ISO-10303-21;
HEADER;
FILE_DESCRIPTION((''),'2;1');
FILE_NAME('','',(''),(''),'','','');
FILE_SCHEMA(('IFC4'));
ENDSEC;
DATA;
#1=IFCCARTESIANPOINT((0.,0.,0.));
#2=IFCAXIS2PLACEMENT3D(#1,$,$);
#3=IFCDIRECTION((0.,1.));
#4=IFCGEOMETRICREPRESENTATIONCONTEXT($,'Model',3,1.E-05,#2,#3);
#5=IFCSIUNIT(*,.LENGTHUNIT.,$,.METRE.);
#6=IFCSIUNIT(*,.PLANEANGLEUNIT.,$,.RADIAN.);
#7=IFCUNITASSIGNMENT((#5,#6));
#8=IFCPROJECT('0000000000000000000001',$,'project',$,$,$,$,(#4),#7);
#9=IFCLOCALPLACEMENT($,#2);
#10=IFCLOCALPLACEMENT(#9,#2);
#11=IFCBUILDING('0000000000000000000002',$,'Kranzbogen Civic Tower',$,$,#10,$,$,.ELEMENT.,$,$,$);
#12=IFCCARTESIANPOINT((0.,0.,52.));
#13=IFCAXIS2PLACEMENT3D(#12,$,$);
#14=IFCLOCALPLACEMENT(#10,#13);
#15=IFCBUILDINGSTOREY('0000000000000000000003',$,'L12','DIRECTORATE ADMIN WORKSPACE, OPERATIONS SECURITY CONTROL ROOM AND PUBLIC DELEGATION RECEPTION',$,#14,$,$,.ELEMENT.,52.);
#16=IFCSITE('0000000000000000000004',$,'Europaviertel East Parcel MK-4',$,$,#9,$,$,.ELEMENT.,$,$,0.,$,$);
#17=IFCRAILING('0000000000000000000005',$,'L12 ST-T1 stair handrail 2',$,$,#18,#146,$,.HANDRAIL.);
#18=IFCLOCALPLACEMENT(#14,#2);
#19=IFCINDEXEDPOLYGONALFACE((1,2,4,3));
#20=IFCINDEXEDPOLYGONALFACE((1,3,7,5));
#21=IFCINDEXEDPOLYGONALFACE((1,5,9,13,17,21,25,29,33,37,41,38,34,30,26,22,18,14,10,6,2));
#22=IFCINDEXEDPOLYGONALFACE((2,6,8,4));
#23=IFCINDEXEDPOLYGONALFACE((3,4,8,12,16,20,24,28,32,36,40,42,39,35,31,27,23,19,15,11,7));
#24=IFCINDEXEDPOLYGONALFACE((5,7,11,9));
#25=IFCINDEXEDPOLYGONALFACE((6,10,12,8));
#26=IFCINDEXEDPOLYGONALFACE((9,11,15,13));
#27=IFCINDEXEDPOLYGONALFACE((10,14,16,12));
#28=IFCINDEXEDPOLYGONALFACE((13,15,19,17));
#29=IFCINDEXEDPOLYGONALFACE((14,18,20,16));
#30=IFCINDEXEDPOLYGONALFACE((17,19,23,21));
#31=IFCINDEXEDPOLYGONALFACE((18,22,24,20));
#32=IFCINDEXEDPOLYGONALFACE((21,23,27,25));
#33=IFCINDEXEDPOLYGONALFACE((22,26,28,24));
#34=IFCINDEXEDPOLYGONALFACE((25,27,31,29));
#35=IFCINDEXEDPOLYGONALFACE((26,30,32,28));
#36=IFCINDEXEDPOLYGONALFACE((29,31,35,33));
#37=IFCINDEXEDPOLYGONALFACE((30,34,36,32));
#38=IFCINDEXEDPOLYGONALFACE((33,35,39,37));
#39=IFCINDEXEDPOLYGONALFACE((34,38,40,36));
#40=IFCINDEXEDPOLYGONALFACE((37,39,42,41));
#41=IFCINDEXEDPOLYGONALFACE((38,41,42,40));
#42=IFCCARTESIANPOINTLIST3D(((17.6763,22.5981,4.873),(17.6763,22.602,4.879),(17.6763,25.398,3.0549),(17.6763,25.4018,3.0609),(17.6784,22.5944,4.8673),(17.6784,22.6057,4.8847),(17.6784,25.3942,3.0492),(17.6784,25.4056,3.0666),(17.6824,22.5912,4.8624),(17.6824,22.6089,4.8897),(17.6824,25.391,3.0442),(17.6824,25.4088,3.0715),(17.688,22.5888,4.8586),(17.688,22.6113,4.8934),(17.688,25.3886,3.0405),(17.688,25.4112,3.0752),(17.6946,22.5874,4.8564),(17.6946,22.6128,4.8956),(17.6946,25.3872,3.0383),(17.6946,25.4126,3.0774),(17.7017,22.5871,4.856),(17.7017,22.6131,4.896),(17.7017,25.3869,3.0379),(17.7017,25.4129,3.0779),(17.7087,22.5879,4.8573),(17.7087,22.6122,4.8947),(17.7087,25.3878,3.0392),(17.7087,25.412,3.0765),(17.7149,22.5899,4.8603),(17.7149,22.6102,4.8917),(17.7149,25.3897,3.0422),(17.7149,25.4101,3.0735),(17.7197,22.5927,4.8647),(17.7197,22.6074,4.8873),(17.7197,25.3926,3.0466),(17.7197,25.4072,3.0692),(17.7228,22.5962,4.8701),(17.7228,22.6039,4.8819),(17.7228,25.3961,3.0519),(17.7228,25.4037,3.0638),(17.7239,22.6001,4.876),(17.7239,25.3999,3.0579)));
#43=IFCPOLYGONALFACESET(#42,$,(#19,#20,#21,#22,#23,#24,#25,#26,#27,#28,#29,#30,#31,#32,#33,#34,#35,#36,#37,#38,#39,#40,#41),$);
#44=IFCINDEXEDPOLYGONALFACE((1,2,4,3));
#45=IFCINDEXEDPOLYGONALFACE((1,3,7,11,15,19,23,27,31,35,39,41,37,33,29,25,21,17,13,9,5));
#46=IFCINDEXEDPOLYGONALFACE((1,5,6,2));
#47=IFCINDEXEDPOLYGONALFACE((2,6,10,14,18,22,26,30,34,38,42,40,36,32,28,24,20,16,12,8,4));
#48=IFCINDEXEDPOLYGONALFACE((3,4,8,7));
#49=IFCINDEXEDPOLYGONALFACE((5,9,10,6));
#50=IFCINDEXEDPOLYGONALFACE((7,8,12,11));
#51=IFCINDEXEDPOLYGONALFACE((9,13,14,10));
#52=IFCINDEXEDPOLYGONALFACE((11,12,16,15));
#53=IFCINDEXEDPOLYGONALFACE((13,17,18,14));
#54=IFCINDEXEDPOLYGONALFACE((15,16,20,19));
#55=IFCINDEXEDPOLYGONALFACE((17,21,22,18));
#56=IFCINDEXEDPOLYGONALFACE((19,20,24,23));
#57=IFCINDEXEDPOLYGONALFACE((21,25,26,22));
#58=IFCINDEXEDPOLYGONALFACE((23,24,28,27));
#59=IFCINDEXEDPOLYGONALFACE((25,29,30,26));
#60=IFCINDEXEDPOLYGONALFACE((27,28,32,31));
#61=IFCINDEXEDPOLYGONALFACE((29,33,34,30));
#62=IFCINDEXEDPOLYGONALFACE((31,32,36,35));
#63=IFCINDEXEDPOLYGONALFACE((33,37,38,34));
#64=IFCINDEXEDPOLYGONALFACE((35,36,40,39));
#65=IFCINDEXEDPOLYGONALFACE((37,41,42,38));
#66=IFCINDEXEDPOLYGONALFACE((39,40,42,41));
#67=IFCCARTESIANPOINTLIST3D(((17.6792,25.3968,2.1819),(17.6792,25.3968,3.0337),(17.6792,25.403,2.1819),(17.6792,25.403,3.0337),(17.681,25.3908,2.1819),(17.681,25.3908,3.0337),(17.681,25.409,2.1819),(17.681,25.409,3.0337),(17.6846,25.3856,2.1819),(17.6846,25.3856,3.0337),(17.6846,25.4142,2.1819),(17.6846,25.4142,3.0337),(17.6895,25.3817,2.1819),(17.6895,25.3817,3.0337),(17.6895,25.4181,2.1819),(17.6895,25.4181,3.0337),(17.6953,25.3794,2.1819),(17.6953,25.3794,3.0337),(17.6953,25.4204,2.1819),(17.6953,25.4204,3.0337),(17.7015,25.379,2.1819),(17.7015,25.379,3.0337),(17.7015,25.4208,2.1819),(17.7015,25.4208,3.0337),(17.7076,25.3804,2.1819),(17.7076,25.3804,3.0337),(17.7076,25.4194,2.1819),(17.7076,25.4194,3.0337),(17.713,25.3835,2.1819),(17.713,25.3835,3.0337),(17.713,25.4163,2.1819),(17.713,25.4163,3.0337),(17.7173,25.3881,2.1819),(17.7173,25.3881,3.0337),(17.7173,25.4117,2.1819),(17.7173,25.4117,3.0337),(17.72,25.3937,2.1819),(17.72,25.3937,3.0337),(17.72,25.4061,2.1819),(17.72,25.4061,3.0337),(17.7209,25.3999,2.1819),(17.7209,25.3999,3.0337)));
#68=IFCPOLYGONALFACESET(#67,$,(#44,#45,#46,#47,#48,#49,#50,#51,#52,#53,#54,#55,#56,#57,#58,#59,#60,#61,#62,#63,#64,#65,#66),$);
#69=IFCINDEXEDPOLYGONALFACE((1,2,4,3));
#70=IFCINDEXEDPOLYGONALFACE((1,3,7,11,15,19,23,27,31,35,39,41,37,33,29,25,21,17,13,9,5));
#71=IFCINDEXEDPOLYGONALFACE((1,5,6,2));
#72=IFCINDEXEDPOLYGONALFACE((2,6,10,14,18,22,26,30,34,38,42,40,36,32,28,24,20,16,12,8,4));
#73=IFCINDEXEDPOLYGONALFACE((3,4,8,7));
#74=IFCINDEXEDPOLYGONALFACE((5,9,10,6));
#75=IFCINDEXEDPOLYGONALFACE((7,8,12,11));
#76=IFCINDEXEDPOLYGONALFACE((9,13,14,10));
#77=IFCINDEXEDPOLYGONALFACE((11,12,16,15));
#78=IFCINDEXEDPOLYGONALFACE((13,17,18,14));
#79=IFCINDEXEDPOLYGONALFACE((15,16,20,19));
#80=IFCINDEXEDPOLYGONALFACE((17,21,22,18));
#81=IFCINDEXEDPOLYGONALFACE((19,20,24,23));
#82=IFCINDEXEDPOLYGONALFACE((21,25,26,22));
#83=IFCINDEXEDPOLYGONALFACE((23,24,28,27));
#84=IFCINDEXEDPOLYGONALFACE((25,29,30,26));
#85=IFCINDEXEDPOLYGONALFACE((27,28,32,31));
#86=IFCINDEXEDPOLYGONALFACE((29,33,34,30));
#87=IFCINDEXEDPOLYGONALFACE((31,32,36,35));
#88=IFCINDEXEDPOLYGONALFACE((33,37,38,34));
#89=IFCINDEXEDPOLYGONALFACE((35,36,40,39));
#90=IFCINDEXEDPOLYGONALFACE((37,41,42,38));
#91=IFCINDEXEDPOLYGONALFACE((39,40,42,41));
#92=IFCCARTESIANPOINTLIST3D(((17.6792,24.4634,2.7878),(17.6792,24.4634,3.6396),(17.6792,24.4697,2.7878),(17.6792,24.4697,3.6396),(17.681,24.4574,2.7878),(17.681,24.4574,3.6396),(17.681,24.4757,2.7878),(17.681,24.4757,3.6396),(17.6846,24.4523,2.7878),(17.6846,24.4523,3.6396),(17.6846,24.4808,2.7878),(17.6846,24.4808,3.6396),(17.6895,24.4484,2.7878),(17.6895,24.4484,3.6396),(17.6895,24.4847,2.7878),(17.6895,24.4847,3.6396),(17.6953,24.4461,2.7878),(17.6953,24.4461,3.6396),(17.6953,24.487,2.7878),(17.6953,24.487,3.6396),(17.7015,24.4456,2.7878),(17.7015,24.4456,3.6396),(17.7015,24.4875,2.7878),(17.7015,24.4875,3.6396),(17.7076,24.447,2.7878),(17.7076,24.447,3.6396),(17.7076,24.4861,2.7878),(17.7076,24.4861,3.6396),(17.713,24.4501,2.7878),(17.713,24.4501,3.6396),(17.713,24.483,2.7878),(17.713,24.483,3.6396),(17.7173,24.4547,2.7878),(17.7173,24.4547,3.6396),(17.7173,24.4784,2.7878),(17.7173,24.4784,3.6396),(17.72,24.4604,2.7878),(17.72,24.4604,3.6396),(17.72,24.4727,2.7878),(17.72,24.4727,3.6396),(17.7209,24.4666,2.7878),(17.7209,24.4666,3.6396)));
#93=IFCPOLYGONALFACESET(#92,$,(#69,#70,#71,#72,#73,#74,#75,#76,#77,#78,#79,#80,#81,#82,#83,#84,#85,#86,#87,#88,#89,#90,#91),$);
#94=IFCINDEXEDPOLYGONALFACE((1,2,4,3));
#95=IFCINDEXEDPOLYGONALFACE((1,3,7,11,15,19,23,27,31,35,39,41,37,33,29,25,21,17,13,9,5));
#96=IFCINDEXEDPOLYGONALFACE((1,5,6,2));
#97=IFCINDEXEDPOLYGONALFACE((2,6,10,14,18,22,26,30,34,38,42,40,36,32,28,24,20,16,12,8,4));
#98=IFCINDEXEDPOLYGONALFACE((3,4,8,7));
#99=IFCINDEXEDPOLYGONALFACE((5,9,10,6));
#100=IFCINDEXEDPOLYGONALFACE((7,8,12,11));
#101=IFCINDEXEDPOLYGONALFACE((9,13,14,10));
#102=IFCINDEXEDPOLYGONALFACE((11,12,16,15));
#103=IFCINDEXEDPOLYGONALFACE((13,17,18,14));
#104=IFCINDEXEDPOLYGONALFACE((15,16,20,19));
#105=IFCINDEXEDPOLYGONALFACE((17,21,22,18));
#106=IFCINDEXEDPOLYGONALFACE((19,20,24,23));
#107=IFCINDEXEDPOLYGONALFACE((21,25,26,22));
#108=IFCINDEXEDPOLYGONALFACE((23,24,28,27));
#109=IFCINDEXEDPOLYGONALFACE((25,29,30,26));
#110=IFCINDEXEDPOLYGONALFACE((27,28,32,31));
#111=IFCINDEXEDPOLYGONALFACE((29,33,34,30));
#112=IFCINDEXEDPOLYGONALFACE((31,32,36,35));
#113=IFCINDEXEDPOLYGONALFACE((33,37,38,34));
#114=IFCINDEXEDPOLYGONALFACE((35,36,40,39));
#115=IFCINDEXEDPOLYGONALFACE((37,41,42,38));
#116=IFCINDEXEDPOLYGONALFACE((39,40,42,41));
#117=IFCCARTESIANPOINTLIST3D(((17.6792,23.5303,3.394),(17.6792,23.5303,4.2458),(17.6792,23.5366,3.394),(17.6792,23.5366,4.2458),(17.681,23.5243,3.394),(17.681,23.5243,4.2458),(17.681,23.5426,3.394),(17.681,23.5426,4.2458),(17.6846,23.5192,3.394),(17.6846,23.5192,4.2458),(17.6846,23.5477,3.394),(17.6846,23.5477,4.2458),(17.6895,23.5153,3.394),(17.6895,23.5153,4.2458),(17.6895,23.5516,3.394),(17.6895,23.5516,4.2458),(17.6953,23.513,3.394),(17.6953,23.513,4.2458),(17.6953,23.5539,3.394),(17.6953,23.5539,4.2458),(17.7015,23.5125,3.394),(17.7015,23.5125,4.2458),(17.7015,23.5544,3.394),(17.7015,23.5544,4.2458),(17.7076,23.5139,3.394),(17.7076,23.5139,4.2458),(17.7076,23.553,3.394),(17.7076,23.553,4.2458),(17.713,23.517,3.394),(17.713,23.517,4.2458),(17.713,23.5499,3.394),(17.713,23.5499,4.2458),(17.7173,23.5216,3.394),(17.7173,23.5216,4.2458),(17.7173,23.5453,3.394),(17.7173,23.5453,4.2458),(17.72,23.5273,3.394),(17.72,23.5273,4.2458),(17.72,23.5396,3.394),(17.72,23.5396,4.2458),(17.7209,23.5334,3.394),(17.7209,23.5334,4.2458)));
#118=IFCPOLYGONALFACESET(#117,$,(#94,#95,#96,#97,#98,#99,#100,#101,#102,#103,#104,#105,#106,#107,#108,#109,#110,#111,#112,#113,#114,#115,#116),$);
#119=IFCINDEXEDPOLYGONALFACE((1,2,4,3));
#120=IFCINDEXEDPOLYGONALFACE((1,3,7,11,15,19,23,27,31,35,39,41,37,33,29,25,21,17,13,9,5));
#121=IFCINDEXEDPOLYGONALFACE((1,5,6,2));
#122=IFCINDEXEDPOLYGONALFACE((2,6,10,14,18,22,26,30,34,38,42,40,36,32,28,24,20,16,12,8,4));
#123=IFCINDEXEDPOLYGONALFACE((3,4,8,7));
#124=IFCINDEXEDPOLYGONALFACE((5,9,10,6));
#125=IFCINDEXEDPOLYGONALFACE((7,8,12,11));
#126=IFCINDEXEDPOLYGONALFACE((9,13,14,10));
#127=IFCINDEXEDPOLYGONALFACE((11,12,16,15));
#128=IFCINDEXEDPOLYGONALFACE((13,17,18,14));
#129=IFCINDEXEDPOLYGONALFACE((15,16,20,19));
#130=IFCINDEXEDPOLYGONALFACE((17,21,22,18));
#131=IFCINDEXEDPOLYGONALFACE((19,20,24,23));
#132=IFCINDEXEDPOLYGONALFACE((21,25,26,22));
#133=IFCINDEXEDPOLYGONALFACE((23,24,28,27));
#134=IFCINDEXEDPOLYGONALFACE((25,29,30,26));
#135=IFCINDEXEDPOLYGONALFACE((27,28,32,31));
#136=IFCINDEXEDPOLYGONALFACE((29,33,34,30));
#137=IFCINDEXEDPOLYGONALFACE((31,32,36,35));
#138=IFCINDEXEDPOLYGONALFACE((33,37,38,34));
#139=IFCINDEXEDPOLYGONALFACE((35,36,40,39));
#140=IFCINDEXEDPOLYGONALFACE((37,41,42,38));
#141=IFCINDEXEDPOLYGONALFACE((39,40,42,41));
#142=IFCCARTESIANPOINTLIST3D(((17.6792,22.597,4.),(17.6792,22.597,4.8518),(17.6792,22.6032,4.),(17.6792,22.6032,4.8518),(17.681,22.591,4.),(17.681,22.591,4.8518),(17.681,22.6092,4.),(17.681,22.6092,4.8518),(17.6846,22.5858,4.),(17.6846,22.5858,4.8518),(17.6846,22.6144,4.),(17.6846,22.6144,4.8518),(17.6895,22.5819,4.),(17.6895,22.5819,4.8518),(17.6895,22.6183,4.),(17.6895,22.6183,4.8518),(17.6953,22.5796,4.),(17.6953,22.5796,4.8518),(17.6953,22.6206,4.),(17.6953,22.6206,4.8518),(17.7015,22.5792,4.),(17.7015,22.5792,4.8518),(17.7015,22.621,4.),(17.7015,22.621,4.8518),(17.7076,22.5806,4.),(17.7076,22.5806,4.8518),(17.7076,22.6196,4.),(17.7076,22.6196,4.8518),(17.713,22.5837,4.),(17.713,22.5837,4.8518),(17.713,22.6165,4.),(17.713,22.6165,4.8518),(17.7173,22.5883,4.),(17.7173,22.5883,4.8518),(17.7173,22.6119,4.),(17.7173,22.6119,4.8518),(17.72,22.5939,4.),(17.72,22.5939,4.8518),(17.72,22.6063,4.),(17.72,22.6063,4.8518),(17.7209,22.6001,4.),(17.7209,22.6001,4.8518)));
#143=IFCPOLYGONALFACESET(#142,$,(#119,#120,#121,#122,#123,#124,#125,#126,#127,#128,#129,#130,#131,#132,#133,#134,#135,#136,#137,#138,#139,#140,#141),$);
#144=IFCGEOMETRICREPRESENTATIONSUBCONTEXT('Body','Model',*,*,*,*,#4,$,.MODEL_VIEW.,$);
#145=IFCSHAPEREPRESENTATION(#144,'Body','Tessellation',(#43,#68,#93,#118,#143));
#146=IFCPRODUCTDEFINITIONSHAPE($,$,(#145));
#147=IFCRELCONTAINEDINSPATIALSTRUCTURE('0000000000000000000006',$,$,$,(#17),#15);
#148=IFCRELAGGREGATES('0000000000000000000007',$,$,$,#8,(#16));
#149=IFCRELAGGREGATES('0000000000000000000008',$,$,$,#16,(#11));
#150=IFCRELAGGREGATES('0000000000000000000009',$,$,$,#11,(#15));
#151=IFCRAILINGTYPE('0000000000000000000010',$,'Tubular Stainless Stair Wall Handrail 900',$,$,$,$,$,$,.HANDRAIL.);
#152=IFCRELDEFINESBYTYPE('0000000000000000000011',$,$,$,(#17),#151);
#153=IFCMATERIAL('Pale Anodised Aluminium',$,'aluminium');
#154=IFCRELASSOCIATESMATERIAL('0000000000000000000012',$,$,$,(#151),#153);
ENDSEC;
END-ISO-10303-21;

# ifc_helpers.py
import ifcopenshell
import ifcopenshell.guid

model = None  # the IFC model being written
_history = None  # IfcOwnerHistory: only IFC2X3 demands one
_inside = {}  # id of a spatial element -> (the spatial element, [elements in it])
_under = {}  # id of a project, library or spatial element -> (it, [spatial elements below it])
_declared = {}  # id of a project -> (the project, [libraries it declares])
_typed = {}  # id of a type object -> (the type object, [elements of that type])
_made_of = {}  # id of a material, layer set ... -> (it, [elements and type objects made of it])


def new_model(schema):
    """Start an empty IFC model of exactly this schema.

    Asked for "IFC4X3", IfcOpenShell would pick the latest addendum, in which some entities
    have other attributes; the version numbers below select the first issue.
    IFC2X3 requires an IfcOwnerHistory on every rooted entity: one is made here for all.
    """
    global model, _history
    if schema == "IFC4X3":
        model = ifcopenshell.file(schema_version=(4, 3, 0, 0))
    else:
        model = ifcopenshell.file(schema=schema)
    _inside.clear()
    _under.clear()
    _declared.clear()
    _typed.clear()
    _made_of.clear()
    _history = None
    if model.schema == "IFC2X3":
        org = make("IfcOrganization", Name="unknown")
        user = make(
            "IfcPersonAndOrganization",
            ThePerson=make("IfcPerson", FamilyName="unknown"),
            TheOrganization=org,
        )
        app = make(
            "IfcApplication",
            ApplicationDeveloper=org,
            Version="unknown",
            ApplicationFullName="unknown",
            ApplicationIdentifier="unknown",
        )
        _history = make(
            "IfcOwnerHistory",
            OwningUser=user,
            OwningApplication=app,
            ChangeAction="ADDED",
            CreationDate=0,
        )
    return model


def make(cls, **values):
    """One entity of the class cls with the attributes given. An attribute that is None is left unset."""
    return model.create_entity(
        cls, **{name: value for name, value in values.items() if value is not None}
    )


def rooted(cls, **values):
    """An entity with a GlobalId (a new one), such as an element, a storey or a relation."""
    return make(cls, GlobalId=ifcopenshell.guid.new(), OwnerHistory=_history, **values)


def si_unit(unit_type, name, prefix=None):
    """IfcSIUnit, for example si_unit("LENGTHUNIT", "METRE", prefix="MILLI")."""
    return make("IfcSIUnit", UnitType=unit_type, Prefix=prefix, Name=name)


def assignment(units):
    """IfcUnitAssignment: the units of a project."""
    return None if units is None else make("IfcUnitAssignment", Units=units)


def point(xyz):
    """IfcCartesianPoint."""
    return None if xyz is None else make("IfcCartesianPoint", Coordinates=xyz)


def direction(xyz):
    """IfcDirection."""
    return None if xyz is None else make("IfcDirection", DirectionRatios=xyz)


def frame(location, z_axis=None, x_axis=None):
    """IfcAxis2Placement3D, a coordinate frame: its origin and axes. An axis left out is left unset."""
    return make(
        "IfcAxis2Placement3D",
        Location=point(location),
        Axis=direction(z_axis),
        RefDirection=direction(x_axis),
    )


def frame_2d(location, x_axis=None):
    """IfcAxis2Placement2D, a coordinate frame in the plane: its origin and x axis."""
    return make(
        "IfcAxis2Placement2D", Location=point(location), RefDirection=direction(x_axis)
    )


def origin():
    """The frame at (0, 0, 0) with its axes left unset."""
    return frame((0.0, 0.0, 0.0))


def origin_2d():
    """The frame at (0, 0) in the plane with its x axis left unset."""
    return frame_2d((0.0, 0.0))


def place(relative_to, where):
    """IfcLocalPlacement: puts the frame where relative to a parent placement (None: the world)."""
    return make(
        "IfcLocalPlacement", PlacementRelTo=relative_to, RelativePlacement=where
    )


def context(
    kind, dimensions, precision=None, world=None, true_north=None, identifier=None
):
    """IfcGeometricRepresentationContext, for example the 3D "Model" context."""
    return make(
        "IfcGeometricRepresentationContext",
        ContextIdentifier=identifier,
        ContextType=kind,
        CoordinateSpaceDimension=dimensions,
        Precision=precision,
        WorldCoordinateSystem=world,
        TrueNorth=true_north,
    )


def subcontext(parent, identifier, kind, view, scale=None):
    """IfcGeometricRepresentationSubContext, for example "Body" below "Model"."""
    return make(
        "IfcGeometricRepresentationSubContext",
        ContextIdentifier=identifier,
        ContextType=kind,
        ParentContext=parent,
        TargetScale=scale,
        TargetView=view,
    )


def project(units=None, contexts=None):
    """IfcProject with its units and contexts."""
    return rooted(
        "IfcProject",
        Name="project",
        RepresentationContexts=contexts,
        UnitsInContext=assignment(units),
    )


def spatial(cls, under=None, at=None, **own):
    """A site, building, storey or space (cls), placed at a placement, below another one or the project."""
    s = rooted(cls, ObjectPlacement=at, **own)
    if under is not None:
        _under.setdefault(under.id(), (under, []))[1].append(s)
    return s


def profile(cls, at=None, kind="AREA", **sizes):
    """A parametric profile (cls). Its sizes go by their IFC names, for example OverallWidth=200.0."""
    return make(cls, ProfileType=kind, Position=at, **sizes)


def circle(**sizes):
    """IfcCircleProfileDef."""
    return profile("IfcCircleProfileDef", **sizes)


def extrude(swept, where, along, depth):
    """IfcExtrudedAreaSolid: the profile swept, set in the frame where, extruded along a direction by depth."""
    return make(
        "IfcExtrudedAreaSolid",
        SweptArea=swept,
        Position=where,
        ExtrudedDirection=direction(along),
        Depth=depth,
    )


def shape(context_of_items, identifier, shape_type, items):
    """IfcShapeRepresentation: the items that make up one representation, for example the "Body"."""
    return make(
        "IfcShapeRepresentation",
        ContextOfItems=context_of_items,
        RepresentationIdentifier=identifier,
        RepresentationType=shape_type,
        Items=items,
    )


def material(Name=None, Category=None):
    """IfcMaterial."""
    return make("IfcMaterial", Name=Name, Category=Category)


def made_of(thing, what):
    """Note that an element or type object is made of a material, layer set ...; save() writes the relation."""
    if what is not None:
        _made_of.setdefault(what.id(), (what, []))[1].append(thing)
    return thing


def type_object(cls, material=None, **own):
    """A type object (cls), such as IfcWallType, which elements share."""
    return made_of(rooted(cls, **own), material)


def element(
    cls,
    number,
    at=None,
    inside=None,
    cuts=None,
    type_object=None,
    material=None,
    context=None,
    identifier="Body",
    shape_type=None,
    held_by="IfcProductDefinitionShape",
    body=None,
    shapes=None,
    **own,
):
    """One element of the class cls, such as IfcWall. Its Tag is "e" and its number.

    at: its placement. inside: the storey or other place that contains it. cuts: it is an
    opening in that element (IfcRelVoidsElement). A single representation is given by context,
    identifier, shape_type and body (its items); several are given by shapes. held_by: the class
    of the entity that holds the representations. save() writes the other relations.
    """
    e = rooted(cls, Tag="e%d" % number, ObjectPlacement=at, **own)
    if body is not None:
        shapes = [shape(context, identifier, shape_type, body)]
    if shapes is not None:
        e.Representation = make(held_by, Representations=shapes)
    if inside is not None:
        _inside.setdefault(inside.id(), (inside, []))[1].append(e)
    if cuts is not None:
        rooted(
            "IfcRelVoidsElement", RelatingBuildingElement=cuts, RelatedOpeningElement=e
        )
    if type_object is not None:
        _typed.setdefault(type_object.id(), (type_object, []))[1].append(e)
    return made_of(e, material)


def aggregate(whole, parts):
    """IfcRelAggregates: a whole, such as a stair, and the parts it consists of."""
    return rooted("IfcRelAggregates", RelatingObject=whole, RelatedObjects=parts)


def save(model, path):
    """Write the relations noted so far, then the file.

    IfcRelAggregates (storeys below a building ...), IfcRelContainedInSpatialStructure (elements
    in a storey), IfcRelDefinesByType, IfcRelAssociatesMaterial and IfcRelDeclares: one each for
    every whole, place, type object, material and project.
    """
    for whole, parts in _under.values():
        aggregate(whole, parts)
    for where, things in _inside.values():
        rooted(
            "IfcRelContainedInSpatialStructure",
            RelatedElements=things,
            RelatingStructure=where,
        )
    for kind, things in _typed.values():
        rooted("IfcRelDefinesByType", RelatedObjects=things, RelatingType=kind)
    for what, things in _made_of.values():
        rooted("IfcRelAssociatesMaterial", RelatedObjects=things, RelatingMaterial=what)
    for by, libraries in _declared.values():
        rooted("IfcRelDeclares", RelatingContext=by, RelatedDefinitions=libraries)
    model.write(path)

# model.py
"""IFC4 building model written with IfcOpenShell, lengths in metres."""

from ifc_helpers import new_model, si_unit, direction, frame, origin, origin_2d, place, context, subcontext, project, spatial, circle, extrude, material, type_object, element, save


model = new_model("IFC4")

# Units and contexts
model_context = context("Model", 3, precision=1e-05, world=origin(), true_north=direction((0.0, 1.0)))
body_context = subcontext(model_context, "Body", "Model", "MODEL_VIEW")
ifc_project = project(units=[si_unit("LENGTHUNIT", "METRE"), si_unit("PLANEANGLEUNIT", "RADIAN")], contexts=[model_context])

# Site, building, storey
site_placement = place(None, origin())
site = spatial("IfcSite", under=ifc_project, at=site_placement, Name="Europaviertel East Parcel MK-4", CompositionType="ELEMENT", RefElevation=0.0)
building_placement = place(site_placement, origin())
building = spatial("IfcBuilding", under=site, at=building_placement, Name="Kranzbogen Civic Tower", CompositionType="ELEMENT")
storey_placement = place(building_placement, frame((0.0, 0.0, 52.0)))
storey = spatial("IfcBuildingStorey", under=building, at=storey_placement, Name="L12", Description="DIRECTORATE ADMIN WORKSPACE, OPERATIONS SECURITY CONTROL ROOM AND PUBLIC DELEGATION RECEPTION", CompositionType="ELEMENT", Elevation=52.0)

# Shared definitions
ifc_material_1 = material(Name="Pale Anodised Aluminium", Category="aluminium")

# Railing
railing_type_1 = type_object("IfcRailingType", Name="Tubular Stainless Stair Wall Handrail 900", PredefinedType="HANDRAIL", material=ifc_material_1)
railing_1_placement = place(storey_placement, frame((17.7, 25.3999, 2.1819)))
element("IfcRailing", 1, at=railing_1_placement, inside=storey, type_object=railing_type_1, Name="L12 ST-T1 stair handrail 2", PredefinedType="HANDRAIL", context=body_context, shape_type="SweptSolid", body=[
    extrude(circle(Radius=0.0239, at=origin_2d()), frame((0.0, 0.0, 0.876), z_axis=(0.0, -0.838684, 0.544618), x_axis=(1.0, 0.0, 0.0)), (0.0, 0.0, 1.0), 3.3384),
    extrude(circle(Radius=0.021, at=origin_2d()), origin(), (0.0, 0.0, 1.0), 0.8518),
    extrude(circle(Radius=0.021, at=origin_2d()), frame((0.0, -0.9333, 0.606)), (0.0, 0.0, 1.0), 0.8518),
    extrude(circle(Radius=0.021, at=origin_2d()), frame((0.0, -1.8665, 1.2122)), (0.0, 0.0, 1.0), 0.8518),
    extrude(circle(Radius=0.021, at=origin_2d()), frame((0.0, -2.7998, 1.8181)), (0.0, 0.0, 1.0), 0.8518),
])

save(model, "model.ifc")
